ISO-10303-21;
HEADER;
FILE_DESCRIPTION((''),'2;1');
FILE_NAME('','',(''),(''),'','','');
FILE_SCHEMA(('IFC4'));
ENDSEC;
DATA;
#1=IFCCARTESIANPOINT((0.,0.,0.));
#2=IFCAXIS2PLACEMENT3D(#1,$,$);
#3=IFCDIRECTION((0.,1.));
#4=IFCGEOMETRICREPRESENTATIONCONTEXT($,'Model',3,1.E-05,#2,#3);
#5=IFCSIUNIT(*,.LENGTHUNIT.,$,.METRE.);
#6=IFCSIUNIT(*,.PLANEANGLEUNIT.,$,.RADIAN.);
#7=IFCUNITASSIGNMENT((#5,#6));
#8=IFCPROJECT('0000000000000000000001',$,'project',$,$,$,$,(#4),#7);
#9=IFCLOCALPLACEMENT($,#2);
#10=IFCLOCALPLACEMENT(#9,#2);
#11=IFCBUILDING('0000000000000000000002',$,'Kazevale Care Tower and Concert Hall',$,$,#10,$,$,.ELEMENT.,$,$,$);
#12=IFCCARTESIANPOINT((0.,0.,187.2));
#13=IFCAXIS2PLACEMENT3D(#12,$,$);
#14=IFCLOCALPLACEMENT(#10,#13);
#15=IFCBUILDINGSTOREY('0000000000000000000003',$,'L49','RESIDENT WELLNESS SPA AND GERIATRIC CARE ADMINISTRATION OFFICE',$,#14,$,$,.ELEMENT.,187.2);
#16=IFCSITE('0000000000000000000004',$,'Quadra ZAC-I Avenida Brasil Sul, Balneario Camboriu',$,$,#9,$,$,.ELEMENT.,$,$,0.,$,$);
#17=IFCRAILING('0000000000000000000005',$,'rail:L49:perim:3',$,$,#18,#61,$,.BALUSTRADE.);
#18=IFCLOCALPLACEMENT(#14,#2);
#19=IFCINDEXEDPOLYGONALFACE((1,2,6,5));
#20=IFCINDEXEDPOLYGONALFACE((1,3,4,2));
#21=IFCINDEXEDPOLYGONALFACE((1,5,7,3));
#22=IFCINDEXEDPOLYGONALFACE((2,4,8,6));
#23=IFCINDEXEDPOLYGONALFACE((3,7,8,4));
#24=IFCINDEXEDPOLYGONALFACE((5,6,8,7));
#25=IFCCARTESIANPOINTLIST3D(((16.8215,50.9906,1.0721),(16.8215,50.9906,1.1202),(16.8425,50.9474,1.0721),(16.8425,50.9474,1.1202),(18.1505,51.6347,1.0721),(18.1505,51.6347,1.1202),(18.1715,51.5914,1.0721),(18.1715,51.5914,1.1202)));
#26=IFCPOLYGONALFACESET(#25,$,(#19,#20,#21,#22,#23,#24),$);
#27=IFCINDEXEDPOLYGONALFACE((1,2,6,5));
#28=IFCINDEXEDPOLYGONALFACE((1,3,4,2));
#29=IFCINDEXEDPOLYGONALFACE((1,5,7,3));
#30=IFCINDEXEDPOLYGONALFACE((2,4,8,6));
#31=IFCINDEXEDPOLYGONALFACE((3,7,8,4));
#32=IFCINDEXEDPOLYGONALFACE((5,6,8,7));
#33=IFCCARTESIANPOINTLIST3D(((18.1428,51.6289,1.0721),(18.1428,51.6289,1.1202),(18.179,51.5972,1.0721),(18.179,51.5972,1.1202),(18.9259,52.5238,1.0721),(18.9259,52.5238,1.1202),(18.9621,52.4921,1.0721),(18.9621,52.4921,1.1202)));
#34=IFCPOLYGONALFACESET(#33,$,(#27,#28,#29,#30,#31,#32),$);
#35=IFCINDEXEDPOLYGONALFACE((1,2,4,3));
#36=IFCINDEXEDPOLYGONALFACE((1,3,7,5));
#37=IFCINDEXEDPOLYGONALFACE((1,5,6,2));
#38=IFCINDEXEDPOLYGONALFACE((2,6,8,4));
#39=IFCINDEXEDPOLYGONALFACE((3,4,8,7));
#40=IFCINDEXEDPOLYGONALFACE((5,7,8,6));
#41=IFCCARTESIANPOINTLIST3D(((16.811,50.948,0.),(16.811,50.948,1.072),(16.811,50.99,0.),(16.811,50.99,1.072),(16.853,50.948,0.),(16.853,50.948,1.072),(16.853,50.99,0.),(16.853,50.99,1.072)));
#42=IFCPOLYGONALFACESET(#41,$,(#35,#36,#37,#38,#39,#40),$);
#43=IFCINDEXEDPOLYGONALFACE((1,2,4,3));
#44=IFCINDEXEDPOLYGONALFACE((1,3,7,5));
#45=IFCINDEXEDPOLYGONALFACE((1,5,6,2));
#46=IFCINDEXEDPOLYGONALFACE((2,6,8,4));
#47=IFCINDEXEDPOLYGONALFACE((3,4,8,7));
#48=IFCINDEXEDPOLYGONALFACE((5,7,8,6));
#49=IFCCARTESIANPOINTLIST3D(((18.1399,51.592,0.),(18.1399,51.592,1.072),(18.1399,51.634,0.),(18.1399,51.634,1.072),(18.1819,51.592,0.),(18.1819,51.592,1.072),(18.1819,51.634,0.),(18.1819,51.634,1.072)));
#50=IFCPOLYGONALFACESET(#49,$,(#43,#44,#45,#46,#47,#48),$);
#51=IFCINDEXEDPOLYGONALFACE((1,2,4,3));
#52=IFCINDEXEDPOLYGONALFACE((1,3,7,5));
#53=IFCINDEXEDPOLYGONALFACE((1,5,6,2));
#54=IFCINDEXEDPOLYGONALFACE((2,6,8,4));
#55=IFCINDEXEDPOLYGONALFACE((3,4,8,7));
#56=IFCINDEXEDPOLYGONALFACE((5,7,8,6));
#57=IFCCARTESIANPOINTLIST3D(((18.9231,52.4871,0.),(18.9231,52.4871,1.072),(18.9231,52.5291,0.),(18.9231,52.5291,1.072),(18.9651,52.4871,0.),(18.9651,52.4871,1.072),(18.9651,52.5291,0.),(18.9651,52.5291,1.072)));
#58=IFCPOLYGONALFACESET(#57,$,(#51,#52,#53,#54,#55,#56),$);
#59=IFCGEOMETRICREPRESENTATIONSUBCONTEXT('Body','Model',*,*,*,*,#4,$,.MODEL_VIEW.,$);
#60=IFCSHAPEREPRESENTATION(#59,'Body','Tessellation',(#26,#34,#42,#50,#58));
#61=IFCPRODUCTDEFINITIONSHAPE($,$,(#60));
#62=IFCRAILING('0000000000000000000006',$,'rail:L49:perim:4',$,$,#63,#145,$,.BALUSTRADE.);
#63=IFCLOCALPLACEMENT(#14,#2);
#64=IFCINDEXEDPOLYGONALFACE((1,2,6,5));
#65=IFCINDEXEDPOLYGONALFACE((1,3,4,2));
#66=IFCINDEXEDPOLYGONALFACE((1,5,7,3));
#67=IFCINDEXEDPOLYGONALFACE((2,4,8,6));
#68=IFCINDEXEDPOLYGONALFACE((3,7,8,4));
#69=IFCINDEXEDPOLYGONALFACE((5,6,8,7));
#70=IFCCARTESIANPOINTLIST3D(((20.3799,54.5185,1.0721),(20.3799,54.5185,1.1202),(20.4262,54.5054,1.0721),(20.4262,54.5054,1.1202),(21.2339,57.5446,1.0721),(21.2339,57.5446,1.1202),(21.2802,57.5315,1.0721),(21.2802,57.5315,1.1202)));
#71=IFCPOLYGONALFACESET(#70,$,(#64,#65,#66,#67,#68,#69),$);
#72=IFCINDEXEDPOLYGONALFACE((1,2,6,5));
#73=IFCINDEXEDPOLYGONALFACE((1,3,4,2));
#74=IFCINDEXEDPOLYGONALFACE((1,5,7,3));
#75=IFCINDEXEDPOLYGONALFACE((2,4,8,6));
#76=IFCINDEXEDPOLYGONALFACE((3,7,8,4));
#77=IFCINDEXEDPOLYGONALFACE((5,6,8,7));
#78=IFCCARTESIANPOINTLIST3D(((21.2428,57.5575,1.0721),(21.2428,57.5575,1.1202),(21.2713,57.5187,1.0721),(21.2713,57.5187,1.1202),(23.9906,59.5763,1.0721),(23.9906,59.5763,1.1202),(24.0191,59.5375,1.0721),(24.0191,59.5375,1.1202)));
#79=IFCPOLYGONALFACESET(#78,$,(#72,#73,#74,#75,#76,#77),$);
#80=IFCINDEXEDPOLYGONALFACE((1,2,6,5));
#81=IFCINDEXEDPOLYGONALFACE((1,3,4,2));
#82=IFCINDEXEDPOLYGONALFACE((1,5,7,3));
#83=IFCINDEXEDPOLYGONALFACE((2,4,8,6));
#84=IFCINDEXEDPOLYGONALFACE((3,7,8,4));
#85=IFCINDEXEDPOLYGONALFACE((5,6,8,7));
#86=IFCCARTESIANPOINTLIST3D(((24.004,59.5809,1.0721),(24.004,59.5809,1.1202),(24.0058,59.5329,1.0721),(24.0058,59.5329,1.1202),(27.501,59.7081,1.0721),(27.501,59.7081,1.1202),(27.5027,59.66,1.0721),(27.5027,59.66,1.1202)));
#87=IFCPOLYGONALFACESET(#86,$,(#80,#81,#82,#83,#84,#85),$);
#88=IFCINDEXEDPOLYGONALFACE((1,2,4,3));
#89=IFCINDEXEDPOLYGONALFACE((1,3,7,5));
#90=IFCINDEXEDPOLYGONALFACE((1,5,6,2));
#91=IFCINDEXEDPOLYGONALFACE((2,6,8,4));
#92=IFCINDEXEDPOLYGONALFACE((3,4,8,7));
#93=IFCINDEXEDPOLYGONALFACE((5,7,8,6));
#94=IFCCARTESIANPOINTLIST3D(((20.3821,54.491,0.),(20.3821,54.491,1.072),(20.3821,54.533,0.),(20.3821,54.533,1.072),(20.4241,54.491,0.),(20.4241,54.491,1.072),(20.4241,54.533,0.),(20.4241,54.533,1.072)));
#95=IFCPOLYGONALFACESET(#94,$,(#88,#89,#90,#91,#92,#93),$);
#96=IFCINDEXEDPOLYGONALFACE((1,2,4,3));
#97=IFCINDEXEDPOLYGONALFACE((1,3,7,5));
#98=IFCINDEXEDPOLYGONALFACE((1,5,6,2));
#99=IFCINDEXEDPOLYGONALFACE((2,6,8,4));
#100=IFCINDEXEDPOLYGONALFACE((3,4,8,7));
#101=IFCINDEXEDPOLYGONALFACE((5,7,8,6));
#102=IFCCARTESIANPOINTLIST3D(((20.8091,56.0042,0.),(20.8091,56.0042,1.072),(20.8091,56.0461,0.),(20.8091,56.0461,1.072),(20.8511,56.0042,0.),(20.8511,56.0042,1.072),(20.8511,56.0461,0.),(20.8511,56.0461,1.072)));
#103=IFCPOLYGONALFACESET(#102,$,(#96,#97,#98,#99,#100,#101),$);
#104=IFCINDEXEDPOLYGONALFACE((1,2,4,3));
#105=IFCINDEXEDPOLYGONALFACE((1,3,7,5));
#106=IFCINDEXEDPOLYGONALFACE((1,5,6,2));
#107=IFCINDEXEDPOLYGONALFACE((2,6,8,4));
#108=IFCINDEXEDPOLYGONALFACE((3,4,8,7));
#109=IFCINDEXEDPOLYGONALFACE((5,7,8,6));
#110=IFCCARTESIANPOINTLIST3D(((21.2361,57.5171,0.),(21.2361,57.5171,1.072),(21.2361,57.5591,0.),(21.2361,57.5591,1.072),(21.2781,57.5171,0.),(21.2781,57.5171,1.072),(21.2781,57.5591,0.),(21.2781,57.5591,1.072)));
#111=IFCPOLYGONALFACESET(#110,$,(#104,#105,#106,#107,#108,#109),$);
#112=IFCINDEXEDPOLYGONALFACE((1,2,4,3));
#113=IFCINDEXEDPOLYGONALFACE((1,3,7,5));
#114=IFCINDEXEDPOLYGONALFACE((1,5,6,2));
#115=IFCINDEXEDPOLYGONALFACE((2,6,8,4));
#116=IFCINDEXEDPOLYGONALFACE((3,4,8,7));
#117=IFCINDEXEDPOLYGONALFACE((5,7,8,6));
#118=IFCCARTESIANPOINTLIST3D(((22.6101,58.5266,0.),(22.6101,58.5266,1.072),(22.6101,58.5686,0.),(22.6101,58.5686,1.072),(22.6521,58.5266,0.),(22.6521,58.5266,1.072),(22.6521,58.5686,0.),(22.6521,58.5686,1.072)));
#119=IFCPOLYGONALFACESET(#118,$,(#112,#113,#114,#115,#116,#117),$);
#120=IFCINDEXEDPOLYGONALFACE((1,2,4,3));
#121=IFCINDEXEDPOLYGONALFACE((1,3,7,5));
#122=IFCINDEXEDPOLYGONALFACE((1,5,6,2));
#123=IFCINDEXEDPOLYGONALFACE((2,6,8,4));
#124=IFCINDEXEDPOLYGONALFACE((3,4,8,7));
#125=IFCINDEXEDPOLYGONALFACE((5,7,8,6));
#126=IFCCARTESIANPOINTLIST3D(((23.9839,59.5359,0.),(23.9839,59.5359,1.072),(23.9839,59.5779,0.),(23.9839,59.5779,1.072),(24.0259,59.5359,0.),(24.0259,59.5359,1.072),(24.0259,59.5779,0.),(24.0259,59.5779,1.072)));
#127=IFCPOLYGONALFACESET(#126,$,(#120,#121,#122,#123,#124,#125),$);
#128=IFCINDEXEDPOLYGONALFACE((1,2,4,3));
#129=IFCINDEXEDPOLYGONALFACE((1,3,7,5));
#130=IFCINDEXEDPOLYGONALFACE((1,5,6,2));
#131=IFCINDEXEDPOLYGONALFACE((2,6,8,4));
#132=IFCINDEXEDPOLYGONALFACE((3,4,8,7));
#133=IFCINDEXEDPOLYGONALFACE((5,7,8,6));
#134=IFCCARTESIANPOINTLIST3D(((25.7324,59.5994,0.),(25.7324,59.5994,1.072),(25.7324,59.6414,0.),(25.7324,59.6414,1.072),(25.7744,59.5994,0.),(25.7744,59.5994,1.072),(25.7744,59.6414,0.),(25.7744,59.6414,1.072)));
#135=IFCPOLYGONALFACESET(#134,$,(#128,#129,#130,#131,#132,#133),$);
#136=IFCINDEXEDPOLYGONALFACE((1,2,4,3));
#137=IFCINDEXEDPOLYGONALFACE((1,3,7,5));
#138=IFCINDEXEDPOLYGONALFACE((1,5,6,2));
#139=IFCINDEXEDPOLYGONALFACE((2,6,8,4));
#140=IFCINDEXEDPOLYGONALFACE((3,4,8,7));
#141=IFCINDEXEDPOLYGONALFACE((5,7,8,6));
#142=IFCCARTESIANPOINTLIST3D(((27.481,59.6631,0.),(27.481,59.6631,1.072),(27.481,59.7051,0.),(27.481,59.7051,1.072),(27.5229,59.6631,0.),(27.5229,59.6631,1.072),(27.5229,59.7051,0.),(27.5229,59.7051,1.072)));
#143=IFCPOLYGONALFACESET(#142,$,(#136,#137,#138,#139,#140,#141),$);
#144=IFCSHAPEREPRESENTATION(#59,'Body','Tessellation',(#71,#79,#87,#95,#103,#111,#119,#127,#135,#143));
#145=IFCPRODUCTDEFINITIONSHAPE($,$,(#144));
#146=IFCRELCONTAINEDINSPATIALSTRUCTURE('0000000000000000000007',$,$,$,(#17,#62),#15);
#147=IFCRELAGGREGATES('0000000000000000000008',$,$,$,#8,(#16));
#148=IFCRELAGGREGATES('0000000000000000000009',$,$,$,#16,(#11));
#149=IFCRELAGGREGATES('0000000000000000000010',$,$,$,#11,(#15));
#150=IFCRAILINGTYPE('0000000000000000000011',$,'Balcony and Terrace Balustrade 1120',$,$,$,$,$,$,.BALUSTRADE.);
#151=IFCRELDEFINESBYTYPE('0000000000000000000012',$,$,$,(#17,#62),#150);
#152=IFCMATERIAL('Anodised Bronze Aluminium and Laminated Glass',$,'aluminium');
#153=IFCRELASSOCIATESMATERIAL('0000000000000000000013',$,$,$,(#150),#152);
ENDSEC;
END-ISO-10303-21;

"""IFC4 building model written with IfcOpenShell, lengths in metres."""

from ifc_helpers import new_model, si_unit, direction, frame, origin, origin_2d, place, context, subcontext, project, spatial, rectangle, extrude, material, type_object, element, save


model = new_model("IFC4")

# Units and contexts
model_context = context("Model", 3, precision=1e-05, world=origin(), true_north=direction((0.0, 1.0)))
body_context = subcontext(model_context, "Body", "Model", "MODEL_VIEW")
ifc_project = project(units=[si_unit("LENGTHUNIT", "METRE"), si_unit("PLANEANGLEUNIT", "RADIAN")], contexts=[model_context])

# Site, building, storey
site_placement = place(None, origin())
site = spatial("IfcSite", under=ifc_project, at=site_placement, Name="Quadra ZAC-I Avenida Brasil Sul, Balneario Camboriu", CompositionType="ELEMENT", RefElevation=0.0)
building_placement = place(site_placement, origin())
building = spatial("IfcBuilding", under=site, at=building_placement, Name="Kazevale Care Tower and Concert Hall", CompositionType="ELEMENT")
storey_placement = place(building_placement, frame((0.0, 0.0, 187.2)))
storey = spatial("IfcBuildingStorey", under=building, at=storey_placement, Name="L49", Description="RESIDENT WELLNESS SPA AND GERIATRIC CARE ADMINISTRATION OFFICE", CompositionType="ELEMENT", Elevation=187.2)

# Railings
ifc_material_1 = material(Name="Anodised Bronze Aluminium and Laminated Glass", Category="aluminium")
railing_type = type_object("IfcRailingType", Name="Balcony and Terrace Balustrade 1120", PredefinedType="BALUSTRADE", material=ifc_material_1)
railing_1_placement = place(storey_placement, frame((16.832, 50.969, 0.0)))
element("IfcRailing", 1, at=railing_1_placement, inside=storey, type_object=railing_type, Name="rail:L49:perim:3", PredefinedType="BALUSTRADE", context=body_context, shape_type="SweptSolid", body=[
    extrude(rectangle(XDim=0.0481, YDim=0.0481, at=origin_2d()), frame((0.0, 0.0, 1.0962), z_axis=(0.899881, 0.436136, 0.0), x_axis=(-0.436136, 0.899881, 0.0)), (0.0, 0.0, 1.0), 1.4768),
    extrude(rectangle(XDim=0.0481, YDim=0.0481, at=origin_2d()), frame((1.3289, 0.644, 1.0962), z_axis=(0.658534, 0.752551, 0.0), x_axis=(-0.752551, 0.658534, 0.0)), (0.0, 0.0, 1.0), 1.1892),
    extrude(rectangle(XDim=0.042, YDim=0.042, at=origin_2d()), origin(), (0.0, 0.0, 1.0), 1.072),
    extrude(rectangle(XDim=0.042, YDim=0.042, at=origin_2d()), frame((1.3289, 0.644, 0.0)), (0.0, 0.0, 1.0), 1.072),
    extrude(rectangle(XDim=0.042, YDim=0.042, at=origin_2d()), frame((2.1121, 1.5391, 0.0)), (0.0, 0.0, 1.0), 1.072),
])
railing_2_placement = place(storey_placement, frame((20.4031, 54.512, 0.0)))
element("IfcRailing", 2, at=railing_2_placement, inside=storey, type_object=railing_type, Name="rail:L49:perim:4", PredefinedType="BALUSTRADE", context=body_context, shape_type="SweptSolid", body=[
    extrude(rectangle(XDim=0.0481, YDim=0.0481, at=origin_2d()), frame((0.0, 0.0, 1.0962), z_axis=(0.271602, 0.96241, 0.0), x_axis=(-0.96241, 0.271602, 0.0)), (0.0, 0.0, 1.0), 3.1443),
    extrude(rectangle(XDim=0.0481, YDim=0.0481, at=origin_2d()), frame((0.854, 3.0261, 1.0962), z_axis=(0.805881, 0.592077, 0.0), x_axis=(-0.592077, 0.805881, 0.0)), (0.0, 0.0, 1.0), 3.4097),
    extrude(rectangle(XDim=0.0481, YDim=0.0481, at=origin_2d()), frame((3.6018, 5.0449, 1.0962), z_axis=(0.999339, 0.036348, 0.0), x_axis=(-0.036348, 0.999339, 0.0)), (0.0, 0.0, 1.0), 3.4993),
    extrude(rectangle(XDim=0.042, YDim=0.042, at=origin_2d()), origin(), (0.0, 0.0, 1.0), 1.072),
    extrude(rectangle(XDim=0.042, YDim=0.042, at=origin_2d()), frame((0.427, 1.5132, 0.0)), (0.0, 0.0, 1.0), 1.072),
    extrude(rectangle(XDim=0.042, YDim=0.042, at=origin_2d()), frame((0.854, 3.0261, 0.0)), (0.0, 0.0, 1.0), 1.072),
    extrude(rectangle(XDim=0.042, YDim=0.042, at=origin_2d()), frame((2.228, 4.0356, 0.0)), (0.0, 0.0, 1.0), 1.072),
    extrude(rectangle(XDim=0.042, YDim=0.042, at=origin_2d()), frame((3.6018, 5.0449, 0.0)), (0.0, 0.0, 1.0), 1.072),
    extrude(rectangle(XDim=0.042, YDim=0.042, at=origin_2d()), frame((5.3503, 5.1084, 0.0)), (0.0, 0.0, 1.0), 1.072),
    extrude(rectangle(XDim=0.042, YDim=0.042, at=origin_2d()), frame((7.0989, 5.1721, 0.0)), (0.0, 0.0, 1.0), 1.072),
])

save(model, "model.ifc")
